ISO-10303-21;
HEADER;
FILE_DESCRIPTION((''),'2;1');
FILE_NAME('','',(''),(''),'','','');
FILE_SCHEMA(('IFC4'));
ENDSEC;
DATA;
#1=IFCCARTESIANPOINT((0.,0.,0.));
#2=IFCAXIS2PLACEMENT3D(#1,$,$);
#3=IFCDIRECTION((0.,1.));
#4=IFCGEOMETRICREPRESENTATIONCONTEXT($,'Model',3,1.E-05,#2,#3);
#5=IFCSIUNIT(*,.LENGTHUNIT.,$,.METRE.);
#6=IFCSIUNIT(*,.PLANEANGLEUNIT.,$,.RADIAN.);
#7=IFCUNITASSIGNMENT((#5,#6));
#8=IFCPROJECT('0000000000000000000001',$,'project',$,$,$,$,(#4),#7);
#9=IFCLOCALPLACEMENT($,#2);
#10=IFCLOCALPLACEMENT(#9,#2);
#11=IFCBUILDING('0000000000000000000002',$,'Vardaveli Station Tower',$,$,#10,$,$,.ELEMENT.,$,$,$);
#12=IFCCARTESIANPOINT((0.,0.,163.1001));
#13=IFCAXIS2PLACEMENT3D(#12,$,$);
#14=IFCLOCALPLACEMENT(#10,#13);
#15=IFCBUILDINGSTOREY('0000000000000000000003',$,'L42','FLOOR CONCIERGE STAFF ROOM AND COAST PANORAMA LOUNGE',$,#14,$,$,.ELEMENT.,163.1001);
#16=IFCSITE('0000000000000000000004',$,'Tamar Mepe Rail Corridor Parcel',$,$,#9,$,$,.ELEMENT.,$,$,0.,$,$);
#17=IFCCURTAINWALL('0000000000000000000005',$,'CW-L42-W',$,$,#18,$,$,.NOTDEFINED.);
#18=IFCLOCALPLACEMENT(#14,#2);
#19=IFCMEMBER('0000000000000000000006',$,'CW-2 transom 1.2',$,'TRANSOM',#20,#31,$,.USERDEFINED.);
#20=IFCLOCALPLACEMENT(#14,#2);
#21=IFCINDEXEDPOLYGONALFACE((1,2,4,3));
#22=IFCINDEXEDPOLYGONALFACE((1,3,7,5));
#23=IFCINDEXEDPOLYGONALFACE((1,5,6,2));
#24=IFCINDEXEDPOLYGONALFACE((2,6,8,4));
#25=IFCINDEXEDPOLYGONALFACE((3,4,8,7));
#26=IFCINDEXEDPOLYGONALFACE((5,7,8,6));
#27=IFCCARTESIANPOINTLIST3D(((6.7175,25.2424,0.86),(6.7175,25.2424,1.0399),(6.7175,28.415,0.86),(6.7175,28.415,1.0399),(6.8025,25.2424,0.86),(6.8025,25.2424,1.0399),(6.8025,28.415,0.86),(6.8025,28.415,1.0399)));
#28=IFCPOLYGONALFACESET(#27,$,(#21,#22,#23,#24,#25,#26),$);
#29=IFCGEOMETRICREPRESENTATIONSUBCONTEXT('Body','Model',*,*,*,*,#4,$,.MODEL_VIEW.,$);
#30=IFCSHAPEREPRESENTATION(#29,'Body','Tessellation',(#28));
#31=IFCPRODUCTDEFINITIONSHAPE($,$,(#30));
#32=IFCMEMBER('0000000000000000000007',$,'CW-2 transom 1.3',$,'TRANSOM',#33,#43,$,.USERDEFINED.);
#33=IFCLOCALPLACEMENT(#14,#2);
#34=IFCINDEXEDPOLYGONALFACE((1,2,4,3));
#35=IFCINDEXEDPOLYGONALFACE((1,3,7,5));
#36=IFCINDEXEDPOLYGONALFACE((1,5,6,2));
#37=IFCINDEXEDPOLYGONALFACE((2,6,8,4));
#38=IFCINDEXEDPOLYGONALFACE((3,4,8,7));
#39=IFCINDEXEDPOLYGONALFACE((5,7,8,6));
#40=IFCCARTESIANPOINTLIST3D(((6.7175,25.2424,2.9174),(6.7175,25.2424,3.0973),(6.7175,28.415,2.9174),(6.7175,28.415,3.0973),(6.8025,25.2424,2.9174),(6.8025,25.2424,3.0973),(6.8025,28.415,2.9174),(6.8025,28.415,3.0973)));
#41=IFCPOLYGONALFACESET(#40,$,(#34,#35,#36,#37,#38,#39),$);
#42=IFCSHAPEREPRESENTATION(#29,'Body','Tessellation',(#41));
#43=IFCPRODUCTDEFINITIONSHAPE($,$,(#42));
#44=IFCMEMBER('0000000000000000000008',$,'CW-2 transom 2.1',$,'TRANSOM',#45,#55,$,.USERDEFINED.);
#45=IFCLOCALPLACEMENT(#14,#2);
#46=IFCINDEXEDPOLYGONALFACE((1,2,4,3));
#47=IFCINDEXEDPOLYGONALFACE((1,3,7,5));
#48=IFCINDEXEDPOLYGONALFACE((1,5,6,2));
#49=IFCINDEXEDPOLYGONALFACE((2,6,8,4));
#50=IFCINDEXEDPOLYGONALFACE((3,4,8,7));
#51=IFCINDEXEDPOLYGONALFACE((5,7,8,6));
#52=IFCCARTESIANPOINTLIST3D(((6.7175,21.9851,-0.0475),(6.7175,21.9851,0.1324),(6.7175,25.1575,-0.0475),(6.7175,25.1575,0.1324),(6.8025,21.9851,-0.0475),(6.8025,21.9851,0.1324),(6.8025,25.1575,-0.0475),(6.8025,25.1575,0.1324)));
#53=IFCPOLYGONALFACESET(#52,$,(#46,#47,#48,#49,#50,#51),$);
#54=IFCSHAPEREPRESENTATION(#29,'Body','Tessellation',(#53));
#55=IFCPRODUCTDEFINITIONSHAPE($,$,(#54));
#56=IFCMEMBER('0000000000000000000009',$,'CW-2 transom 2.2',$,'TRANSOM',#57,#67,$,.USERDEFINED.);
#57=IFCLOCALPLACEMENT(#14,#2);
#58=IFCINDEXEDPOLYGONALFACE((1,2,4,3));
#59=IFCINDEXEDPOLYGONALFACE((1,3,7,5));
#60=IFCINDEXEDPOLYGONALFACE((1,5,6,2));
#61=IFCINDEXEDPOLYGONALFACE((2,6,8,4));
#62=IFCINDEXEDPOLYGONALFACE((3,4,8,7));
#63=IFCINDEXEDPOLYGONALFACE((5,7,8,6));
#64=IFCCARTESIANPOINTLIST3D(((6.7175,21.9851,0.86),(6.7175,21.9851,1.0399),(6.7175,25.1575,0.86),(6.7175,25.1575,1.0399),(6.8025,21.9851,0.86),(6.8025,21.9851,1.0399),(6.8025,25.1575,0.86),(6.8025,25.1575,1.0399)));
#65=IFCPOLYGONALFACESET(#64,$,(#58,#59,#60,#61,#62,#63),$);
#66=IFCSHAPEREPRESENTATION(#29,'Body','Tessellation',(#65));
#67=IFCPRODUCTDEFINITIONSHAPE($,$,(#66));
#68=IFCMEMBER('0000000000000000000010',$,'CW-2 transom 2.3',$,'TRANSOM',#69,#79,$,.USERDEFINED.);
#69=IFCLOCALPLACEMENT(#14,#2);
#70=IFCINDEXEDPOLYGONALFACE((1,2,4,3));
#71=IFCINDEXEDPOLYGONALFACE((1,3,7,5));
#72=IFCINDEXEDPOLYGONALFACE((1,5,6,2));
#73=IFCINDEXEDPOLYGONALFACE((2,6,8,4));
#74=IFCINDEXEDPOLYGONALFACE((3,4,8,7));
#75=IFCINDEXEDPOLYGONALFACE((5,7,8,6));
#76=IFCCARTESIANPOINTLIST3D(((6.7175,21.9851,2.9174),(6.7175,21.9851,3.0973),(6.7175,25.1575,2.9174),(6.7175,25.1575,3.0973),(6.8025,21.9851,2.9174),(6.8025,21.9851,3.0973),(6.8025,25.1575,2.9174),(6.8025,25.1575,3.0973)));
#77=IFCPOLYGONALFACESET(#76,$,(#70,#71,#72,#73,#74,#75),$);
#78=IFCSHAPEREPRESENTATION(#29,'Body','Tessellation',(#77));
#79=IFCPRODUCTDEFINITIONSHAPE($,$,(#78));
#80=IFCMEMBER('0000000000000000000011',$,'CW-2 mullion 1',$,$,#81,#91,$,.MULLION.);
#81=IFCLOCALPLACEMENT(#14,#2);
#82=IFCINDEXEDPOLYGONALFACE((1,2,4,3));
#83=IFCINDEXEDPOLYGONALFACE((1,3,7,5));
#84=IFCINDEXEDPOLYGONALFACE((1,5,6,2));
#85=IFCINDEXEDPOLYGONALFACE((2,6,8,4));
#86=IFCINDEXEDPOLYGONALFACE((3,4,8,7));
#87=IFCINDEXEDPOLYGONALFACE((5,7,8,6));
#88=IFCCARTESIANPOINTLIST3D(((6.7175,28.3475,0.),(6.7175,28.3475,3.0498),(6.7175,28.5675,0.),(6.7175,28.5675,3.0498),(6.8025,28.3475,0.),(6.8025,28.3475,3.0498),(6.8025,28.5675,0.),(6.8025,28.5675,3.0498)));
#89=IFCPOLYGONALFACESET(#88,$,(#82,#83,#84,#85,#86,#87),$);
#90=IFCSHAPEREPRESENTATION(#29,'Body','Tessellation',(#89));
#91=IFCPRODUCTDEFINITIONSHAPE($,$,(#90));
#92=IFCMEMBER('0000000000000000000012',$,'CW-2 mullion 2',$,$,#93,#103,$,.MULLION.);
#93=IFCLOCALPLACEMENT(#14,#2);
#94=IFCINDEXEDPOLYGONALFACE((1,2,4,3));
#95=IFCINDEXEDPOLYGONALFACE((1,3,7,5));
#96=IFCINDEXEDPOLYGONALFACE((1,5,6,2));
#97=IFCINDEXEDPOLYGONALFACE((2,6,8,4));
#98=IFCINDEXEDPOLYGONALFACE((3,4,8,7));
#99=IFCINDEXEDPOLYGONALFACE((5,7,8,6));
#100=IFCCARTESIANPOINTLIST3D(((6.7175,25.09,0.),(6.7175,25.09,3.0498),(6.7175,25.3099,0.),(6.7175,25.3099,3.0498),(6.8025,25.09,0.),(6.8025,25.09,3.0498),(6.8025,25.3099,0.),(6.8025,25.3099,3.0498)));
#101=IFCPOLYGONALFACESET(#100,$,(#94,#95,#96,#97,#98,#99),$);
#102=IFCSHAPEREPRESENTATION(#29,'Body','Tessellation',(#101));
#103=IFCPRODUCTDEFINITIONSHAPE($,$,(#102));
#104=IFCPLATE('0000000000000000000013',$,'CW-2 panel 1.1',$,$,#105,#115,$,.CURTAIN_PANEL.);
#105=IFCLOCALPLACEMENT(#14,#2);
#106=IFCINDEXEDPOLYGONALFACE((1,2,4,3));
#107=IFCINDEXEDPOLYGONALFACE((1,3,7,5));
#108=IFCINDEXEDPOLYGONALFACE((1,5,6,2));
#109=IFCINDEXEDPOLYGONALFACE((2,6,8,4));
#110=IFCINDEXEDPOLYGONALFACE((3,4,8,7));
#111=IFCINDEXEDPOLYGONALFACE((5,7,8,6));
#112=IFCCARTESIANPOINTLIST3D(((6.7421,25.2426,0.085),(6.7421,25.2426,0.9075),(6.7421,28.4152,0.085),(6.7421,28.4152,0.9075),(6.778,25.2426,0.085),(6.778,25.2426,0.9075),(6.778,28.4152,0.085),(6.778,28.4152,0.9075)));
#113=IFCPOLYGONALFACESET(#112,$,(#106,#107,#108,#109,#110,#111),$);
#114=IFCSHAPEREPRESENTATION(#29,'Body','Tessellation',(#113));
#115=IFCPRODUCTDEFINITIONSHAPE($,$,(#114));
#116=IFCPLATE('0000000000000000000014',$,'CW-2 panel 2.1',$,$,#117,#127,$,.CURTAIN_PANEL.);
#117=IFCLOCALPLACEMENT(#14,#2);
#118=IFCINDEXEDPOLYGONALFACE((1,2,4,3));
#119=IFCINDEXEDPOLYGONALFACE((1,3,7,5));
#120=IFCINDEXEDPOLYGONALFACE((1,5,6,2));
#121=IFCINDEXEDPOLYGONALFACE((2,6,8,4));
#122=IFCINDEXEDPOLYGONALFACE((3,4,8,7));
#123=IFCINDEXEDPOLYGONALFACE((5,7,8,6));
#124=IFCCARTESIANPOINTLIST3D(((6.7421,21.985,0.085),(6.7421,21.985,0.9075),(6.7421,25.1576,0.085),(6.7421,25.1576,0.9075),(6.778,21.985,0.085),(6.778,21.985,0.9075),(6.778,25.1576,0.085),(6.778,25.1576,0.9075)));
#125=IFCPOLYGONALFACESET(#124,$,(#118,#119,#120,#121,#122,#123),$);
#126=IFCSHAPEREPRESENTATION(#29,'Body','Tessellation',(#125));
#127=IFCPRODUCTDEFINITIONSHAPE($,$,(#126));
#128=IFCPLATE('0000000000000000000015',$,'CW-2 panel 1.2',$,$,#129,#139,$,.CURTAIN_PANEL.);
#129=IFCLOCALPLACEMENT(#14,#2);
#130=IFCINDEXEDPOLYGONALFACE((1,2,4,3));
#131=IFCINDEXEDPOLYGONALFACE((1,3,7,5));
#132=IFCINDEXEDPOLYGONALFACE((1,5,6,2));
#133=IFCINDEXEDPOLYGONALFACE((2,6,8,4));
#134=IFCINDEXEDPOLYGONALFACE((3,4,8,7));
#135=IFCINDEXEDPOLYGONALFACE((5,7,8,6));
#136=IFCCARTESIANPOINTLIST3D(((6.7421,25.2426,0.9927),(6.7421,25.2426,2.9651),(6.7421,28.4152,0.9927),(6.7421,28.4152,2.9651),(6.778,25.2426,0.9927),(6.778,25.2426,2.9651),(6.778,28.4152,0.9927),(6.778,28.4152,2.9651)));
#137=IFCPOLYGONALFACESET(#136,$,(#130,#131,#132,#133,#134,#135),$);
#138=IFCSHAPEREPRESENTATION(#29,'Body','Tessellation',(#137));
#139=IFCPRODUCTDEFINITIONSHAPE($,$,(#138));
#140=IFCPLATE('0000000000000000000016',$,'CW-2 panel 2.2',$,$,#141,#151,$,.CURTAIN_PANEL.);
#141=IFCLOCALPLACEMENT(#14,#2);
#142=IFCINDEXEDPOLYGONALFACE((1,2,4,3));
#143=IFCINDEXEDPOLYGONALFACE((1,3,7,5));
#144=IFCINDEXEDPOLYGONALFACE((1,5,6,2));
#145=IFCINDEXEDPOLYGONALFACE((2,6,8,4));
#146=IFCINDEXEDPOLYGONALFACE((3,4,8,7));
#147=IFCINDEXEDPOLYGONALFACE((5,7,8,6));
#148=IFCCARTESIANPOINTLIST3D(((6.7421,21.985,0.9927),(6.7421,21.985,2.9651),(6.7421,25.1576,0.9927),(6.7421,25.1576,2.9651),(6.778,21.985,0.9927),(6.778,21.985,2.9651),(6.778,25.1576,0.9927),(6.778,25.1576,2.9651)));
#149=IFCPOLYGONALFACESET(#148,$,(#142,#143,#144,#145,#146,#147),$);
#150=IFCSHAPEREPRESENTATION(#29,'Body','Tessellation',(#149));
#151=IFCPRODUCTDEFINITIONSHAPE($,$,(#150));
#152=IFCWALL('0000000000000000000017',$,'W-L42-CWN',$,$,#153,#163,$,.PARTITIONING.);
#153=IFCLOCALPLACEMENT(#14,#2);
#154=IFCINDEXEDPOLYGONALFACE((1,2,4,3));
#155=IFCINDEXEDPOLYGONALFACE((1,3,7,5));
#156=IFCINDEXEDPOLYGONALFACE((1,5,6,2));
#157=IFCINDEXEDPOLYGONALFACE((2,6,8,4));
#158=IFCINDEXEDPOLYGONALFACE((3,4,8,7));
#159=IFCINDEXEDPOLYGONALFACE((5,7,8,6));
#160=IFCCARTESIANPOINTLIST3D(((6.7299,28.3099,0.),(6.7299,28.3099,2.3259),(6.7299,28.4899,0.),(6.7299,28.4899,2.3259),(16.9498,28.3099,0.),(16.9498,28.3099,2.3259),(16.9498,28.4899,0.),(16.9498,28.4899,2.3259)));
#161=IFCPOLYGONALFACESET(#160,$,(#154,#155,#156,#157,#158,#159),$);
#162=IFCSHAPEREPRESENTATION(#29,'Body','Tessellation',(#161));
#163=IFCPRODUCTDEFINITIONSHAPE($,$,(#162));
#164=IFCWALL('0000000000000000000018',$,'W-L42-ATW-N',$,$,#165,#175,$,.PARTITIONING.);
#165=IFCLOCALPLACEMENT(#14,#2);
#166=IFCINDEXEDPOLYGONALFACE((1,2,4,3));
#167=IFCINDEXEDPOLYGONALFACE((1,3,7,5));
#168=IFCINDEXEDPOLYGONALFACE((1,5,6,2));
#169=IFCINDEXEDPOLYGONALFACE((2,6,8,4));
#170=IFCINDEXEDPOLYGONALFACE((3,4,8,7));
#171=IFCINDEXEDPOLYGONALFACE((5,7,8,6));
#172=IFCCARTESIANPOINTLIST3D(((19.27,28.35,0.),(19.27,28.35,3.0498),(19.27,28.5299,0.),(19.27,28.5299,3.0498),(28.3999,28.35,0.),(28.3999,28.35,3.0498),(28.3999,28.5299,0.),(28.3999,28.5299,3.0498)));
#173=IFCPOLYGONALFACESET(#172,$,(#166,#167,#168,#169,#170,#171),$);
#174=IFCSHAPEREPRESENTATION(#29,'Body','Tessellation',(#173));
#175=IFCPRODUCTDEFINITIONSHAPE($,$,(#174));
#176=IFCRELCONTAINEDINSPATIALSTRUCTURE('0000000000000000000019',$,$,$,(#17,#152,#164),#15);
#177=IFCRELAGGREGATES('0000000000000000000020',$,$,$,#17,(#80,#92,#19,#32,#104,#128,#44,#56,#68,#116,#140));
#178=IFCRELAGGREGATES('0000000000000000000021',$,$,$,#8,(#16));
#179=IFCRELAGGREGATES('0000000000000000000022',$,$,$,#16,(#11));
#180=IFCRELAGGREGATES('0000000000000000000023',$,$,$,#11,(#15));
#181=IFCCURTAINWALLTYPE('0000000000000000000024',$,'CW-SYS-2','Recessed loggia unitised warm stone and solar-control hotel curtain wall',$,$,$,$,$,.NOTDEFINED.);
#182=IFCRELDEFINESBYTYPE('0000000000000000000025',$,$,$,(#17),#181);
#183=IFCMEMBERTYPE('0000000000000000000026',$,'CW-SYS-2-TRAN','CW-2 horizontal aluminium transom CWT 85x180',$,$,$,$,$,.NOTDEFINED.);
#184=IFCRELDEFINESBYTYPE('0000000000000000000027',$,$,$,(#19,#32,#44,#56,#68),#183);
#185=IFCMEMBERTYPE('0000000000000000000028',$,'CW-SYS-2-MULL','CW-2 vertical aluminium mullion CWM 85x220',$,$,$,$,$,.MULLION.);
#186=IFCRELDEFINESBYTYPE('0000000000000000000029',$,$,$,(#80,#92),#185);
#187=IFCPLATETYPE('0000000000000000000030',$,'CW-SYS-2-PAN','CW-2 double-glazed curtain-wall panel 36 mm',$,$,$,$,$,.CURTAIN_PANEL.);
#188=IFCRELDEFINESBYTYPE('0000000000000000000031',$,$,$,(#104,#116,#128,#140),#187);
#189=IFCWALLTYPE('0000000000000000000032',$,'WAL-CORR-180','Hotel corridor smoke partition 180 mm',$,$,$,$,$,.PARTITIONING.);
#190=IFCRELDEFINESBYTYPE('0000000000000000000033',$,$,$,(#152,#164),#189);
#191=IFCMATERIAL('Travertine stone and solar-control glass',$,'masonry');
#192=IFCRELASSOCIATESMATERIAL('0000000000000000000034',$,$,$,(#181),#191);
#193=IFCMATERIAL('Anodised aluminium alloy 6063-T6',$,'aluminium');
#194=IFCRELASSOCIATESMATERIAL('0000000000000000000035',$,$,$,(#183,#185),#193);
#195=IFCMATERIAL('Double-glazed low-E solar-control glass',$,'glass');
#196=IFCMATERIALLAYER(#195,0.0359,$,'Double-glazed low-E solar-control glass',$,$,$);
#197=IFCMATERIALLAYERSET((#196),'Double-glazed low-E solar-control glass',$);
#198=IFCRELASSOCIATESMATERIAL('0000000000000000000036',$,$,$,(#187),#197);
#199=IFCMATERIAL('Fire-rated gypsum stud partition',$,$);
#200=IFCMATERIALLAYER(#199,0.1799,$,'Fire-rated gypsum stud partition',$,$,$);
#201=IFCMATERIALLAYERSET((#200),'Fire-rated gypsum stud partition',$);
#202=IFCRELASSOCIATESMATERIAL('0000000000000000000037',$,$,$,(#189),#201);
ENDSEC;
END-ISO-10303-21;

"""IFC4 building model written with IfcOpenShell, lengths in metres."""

from ifc_helpers import new_model, si_unit, direction, frame, frame_2d, origin, origin_2d, place, context, subcontext, project, spatial, rectangle, extrude, source, transform, mapped, material, layer, layer_set, material_profile, profile_set, type_object, element, aggregate, save


model = new_model("IFC4")

# Units and contexts
model_context = context("Model", 3, precision=1e-05, world=origin(), true_north=direction((0.0, 1.0)))
body_context = subcontext(model_context, "Body", "Model", "MODEL_VIEW")
ifc_project = project(units=[si_unit("LENGTHUNIT", "METRE"), si_unit("PLANEANGLEUNIT", "RADIAN")], contexts=[model_context])

# Site, building, storey
site_placement = place(None, origin())
site = spatial("IfcSite", under=ifc_project, at=site_placement, Name="Tamar Mepe Rail Corridor Parcel", CompositionType="ELEMENT", RefElevation=0.0)
building_placement = place(site_placement, origin())
building = spatial("IfcBuilding", under=site, at=building_placement, Name="Vardaveli Station Tower", CompositionType="ELEMENT")
storey_placement = place(building_placement, frame((0.0, 0.0, 163.1001)))
storey = spatial("IfcBuildingStorey", under=building, at=storey_placement, Name="L42", Description="FLOOR CONCIERGE STAFF ROOM AND COAST PANORAMA LOUNGE", CompositionType="ELEMENT", Elevation=163.1001)

# Curtain wall, members, plates
ifc_material_1 = material(Name="Travertine stone and solar-control glass", Category="masonry")
curtain_wall_type = type_object("IfcCurtainWallType", Name="CW-SYS-2", Description="Recessed loggia unitised warm stone and solar-control hotel curtain wall", PredefinedType="NOTDEFINED", material=ifc_material_1)
curtain_wall_placement = place(storey_placement, origin())
curtain_wall = element("IfcCurtainWall", 1, at=curtain_wall_placement, inside=storey, type_object=curtain_wall_type, Name="CW-L42-W", PredefinedType="NOTDEFINED")
ifc_material_2 = material(Name="Anodised aluminium alloy 6063-T6", Category="aluminium")
ifc_material_profile_1 = material_profile(ifc_material_2, rectangle(XDim=0.085, YDim=0.1799, at=origin_2d()), Name="CWT 85x180")
ifc_profile_set_1 = profile_set([ifc_material_profile_1], Name="Anodised aluminium alloy 6063-T6")
member_type_1 = type_object("IfcMemberType", Name="CW-SYS-2-TRAN", Description="CW-2 horizontal aluminium transom CWT 85x180", PredefinedType="NOTDEFINED", material=ifc_profile_set_1)
shared_shape_1 = source(origin(), body_context, "Body", "SweptSolid", [
    extrude(rectangle(XDim=0.085, YDim=0.1799, at=origin_2d()), origin(), (0.0, 0.0, 1.0), 3.1726),
])
member_1_placement = place(storey_placement, frame((6.76, 28.415, 0.95), z_axis=(0.0, -1.0, 0.0), x_axis=(1.0, 0.0, 0.0)))
member_1 = element("IfcMember", 2, at=member_1_placement, type_object=member_type_1, Name="CW-2 transom 1.2", ObjectType="TRANSOM", PredefinedType="USERDEFINED", context=body_context, shape_type="MappedRepresentation", body=[
    mapped(shared_shape_1, transform((0.0, 0.0, 0.0), scale=1.0)),
])
member_2_placement = place(storey_placement, frame((6.76, 28.415, 3.0073), z_axis=(0.0, -1.0, 0.0), x_axis=(1.0, 0.0, 0.0)))
member_2 = element("IfcMember", 3, at=member_2_placement, type_object=member_type_1, Name="CW-2 transom 1.3", ObjectType="TRANSOM", PredefinedType="USERDEFINED", context=body_context, shape_type="MappedRepresentation", body=[
    mapped(shared_shape_1, transform((0.0, 0.0, 0.0), scale=1.0)),
])
shared_shape_2 = source(origin(), body_context, "Body", "SweptSolid", [
    extrude(rectangle(XDim=0.085, YDim=0.1799, at=origin_2d()), origin(), (0.0, 0.0, 1.0), 3.1724),
])
member_3_placement = place(storey_placement, frame((6.76, 25.1575, 0.0425), z_axis=(0.0, -1.0, 0.0), x_axis=(1.0, 0.0, 0.0)))
member_3 = element("IfcMember", 4, at=member_3_placement, type_object=member_type_1, Name="CW-2 transom 2.1", ObjectType="TRANSOM", PredefinedType="USERDEFINED", context=body_context, shape_type="MappedRepresentation", body=[
    mapped(shared_shape_2, transform((0.0, 0.0, 0.0), scale=1.0)),
])
member_4_placement = place(storey_placement, frame((6.76, 25.1575, 0.95), z_axis=(0.0, -1.0, 0.0), x_axis=(1.0, 0.0, 0.0)))
member_4 = element("IfcMember", 5, at=member_4_placement, type_object=member_type_1, Name="CW-2 transom 2.2", ObjectType="TRANSOM", PredefinedType="USERDEFINED", context=body_context, shape_type="MappedRepresentation", body=[
    mapped(shared_shape_2, transform((0.0, 0.0, 0.0), scale=1.0)),
])
member_5_placement = place(storey_placement, frame((6.76, 25.1575, 3.0073), z_axis=(0.0, -1.0, 0.0), x_axis=(1.0, 0.0, 0.0)))
member_5 = element("IfcMember", 6, at=member_5_placement, type_object=member_type_1, Name="CW-2 transom 2.3", ObjectType="TRANSOM", PredefinedType="USERDEFINED", context=body_context, shape_type="MappedRepresentation", body=[
    mapped(shared_shape_2, transform((0.0, 0.0, 0.0), scale=1.0)),
])
ifc_material_profile_2 = material_profile(ifc_material_2, rectangle(XDim=0.085, YDim=0.22, at=origin_2d()), Name="CWM 85x220")
ifc_profile_set_2 = profile_set([ifc_material_profile_2], Name="Anodised aluminium alloy 6063-T6")
member_type_2 = type_object("IfcMemberType", Name="CW-SYS-2-MULL", Description="CW-2 vertical aluminium mullion CWM 85x220", PredefinedType="MULLION", material=ifc_profile_set_2)
shared_shape_3 = source(origin(), body_context, "Body", "SweptSolid", [
    extrude(rectangle(XDim=0.085, YDim=0.22, at=origin_2d()), origin(), (0.0, 0.0, 1.0), 3.0498),
])
member_6_placement = place(storey_placement, frame((6.76, 28.4575, 0.0), z_axis=(0.0, 0.0, 1.0), x_axis=(1.0, 0.0, 0.0)))
member_6 = element("IfcMember", 7, at=member_6_placement, type_object=member_type_2, Name="CW-2 mullion 1", PredefinedType="MULLION", context=body_context, shape_type="MappedRepresentation", body=[
    mapped(shared_shape_3, transform((0.0, 0.0, 0.0), scale=1.0)),
])
member_7_placement = place(storey_placement, frame((6.76, 25.2, 0.0), z_axis=(0.0, 0.0, 1.0), x_axis=(1.0, 0.0, 0.0)))
member_7 = element("IfcMember", 8, at=member_7_placement, type_object=member_type_2, Name="CW-2 mullion 2", PredefinedType="MULLION", context=body_context, shape_type="MappedRepresentation", body=[
    mapped(shared_shape_3, transform((0.0, 0.0, 0.0), scale=1.0)),
])
ifc_material_3 = material(Name="Double-glazed low-E solar-control glass", Category="glass")
ifc_layer_1 = layer(ifc_material_3, 0.0359, Name="Double-glazed low-E solar-control glass")
ifc_layer_set_1 = layer_set([ifc_layer_1], Name="Double-glazed low-E solar-control glass")
plate_type = type_object("IfcPlateType", Name="CW-SYS-2-PAN", Description="CW-2 double-glazed curtain-wall panel 36 mm", PredefinedType="CURTAIN_PANEL", material=ifc_layer_set_1)
shared_shape_4 = source(origin(), body_context, "Body", "SweptSolid", [
    extrude(rectangle(XDim=3.1726, YDim=0.0359, at=origin_2d()), origin(), (0.0, 0.0, 1.0), 0.8225),
])
plate_1_placement = place(storey_placement, frame((6.76, 26.8289, 0.085), z_axis=(0.0, 0.0, 1.0), x_axis=(0.0, -1.0, 0.0)))
plate_1 = element("IfcPlate", 9, at=plate_1_placement, type_object=plate_type, Name="CW-2 panel 1.1", PredefinedType="CURTAIN_PANEL", context=body_context, shape_type="MappedRepresentation", body=[
    mapped(shared_shape_4, transform((0.0, 0.0, 0.0), scale=1.0)),
])
plate_2_placement = place(storey_placement, frame((6.76, 23.5713, 0.085), z_axis=(0.0, 0.0, 1.0), x_axis=(0.0, -1.0, 0.0)))
plate_2 = element("IfcPlate", 10, at=plate_2_placement, type_object=plate_type, Name="CW-2 panel 2.1", PredefinedType="CURTAIN_PANEL", context=body_context, shape_type="MappedRepresentation", body=[
    mapped(shared_shape_4, transform((0.0, 0.0, 0.0), scale=1.0)),
])
shared_shape_5 = source(origin(), body_context, "Body", "SweptSolid", [
    extrude(rectangle(XDim=3.1726, YDim=0.0359, at=origin_2d()), origin(), (0.0, 0.0, 1.0), 1.9724),
])
plate_3_placement = place(storey_placement, frame((6.76, 26.8289, 0.9927), z_axis=(0.0, 0.0, 1.0), x_axis=(0.0, -1.0, 0.0)))
plate_3 = element("IfcPlate", 11, at=plate_3_placement, type_object=plate_type, Name="CW-2 panel 1.2", PredefinedType="CURTAIN_PANEL", context=body_context, shape_type="MappedRepresentation", body=[
    mapped(shared_shape_5, transform((0.0, 0.0, 0.0), scale=1.0)),
])
plate_4_placement = place(storey_placement, frame((6.76, 23.5713, 0.9927), z_axis=(0.0, 0.0, 1.0), x_axis=(0.0, -1.0, 0.0)))
plate_4 = element("IfcPlate", 12, at=plate_4_placement, type_object=plate_type, Name="CW-2 panel 2.2", PredefinedType="CURTAIN_PANEL", context=body_context, shape_type="MappedRepresentation", body=[
    mapped(shared_shape_5, transform((0.0, 0.0, 0.0), scale=1.0)),
])
aggregate(curtain_wall, [member_6, member_7, member_1, member_2, plate_1, plate_3, member_3, member_4, member_5, plate_2, plate_4])

# Walls
ifc_material_4 = material(Name="Fire-rated gypsum stud partition")
ifc_layer_2 = layer(ifc_material_4, 0.1799, Name="Fire-rated gypsum stud partition")
ifc_layer_set_2 = layer_set([ifc_layer_2], Name="Fire-rated gypsum stud partition")
wall_type = type_object("IfcWallType", Name="WAL-CORR-180", Description="Hotel corridor smoke partition 180 mm", PredefinedType="PARTITIONING", material=ifc_layer_set_2)
shared_shape_6 = source(origin(), body_context, "Body", "SweptSolid", [
    extrude(rectangle(XDim=10.22, YDim=0.1799, at=frame_2d((5.1099, 0.0))), origin(), (0.0, 0.0, 1.0), 2.3259),
])
wall_1_placement = place(storey_placement, frame((6.73, 28.3999, 0.0), z_axis=(0.0, 0.0, 1.0), x_axis=(1.0, 0.0, 0.0)))
element("IfcWall", 13, at=wall_1_placement, inside=storey, type_object=wall_type, Name="W-L42-CWN", PredefinedType="PARTITIONING", context=body_context, shape_type="MappedRepresentation", body=[
    mapped(shared_shape_6, transform((0.0, 0.0, 0.0), scale=1.0)),
])
shared_shape_7 = source(origin(), body_context, "Body", "SweptSolid", [
    extrude(rectangle(XDim=9.1299, YDim=0.1799, at=frame_2d((4.5649, 0.0))), origin(), (0.0, 0.0, 1.0), 3.0498),
])
wall_2_placement = place(storey_placement, frame((19.27, 28.4399, 0.0), z_axis=(0.0, 0.0, 1.0), x_axis=(1.0, 0.0, 0.0)))
element("IfcWall", 14, at=wall_2_placement, inside=storey, type_object=wall_type, Name="W-L42-ATW-N", PredefinedType="PARTITIONING", context=body_context, shape_type="MappedRepresentation", body=[
    mapped(shared_shape_7, transform((0.0, 0.0, 0.0), scale=1.0)),
])

save(model, "model.ifc")
